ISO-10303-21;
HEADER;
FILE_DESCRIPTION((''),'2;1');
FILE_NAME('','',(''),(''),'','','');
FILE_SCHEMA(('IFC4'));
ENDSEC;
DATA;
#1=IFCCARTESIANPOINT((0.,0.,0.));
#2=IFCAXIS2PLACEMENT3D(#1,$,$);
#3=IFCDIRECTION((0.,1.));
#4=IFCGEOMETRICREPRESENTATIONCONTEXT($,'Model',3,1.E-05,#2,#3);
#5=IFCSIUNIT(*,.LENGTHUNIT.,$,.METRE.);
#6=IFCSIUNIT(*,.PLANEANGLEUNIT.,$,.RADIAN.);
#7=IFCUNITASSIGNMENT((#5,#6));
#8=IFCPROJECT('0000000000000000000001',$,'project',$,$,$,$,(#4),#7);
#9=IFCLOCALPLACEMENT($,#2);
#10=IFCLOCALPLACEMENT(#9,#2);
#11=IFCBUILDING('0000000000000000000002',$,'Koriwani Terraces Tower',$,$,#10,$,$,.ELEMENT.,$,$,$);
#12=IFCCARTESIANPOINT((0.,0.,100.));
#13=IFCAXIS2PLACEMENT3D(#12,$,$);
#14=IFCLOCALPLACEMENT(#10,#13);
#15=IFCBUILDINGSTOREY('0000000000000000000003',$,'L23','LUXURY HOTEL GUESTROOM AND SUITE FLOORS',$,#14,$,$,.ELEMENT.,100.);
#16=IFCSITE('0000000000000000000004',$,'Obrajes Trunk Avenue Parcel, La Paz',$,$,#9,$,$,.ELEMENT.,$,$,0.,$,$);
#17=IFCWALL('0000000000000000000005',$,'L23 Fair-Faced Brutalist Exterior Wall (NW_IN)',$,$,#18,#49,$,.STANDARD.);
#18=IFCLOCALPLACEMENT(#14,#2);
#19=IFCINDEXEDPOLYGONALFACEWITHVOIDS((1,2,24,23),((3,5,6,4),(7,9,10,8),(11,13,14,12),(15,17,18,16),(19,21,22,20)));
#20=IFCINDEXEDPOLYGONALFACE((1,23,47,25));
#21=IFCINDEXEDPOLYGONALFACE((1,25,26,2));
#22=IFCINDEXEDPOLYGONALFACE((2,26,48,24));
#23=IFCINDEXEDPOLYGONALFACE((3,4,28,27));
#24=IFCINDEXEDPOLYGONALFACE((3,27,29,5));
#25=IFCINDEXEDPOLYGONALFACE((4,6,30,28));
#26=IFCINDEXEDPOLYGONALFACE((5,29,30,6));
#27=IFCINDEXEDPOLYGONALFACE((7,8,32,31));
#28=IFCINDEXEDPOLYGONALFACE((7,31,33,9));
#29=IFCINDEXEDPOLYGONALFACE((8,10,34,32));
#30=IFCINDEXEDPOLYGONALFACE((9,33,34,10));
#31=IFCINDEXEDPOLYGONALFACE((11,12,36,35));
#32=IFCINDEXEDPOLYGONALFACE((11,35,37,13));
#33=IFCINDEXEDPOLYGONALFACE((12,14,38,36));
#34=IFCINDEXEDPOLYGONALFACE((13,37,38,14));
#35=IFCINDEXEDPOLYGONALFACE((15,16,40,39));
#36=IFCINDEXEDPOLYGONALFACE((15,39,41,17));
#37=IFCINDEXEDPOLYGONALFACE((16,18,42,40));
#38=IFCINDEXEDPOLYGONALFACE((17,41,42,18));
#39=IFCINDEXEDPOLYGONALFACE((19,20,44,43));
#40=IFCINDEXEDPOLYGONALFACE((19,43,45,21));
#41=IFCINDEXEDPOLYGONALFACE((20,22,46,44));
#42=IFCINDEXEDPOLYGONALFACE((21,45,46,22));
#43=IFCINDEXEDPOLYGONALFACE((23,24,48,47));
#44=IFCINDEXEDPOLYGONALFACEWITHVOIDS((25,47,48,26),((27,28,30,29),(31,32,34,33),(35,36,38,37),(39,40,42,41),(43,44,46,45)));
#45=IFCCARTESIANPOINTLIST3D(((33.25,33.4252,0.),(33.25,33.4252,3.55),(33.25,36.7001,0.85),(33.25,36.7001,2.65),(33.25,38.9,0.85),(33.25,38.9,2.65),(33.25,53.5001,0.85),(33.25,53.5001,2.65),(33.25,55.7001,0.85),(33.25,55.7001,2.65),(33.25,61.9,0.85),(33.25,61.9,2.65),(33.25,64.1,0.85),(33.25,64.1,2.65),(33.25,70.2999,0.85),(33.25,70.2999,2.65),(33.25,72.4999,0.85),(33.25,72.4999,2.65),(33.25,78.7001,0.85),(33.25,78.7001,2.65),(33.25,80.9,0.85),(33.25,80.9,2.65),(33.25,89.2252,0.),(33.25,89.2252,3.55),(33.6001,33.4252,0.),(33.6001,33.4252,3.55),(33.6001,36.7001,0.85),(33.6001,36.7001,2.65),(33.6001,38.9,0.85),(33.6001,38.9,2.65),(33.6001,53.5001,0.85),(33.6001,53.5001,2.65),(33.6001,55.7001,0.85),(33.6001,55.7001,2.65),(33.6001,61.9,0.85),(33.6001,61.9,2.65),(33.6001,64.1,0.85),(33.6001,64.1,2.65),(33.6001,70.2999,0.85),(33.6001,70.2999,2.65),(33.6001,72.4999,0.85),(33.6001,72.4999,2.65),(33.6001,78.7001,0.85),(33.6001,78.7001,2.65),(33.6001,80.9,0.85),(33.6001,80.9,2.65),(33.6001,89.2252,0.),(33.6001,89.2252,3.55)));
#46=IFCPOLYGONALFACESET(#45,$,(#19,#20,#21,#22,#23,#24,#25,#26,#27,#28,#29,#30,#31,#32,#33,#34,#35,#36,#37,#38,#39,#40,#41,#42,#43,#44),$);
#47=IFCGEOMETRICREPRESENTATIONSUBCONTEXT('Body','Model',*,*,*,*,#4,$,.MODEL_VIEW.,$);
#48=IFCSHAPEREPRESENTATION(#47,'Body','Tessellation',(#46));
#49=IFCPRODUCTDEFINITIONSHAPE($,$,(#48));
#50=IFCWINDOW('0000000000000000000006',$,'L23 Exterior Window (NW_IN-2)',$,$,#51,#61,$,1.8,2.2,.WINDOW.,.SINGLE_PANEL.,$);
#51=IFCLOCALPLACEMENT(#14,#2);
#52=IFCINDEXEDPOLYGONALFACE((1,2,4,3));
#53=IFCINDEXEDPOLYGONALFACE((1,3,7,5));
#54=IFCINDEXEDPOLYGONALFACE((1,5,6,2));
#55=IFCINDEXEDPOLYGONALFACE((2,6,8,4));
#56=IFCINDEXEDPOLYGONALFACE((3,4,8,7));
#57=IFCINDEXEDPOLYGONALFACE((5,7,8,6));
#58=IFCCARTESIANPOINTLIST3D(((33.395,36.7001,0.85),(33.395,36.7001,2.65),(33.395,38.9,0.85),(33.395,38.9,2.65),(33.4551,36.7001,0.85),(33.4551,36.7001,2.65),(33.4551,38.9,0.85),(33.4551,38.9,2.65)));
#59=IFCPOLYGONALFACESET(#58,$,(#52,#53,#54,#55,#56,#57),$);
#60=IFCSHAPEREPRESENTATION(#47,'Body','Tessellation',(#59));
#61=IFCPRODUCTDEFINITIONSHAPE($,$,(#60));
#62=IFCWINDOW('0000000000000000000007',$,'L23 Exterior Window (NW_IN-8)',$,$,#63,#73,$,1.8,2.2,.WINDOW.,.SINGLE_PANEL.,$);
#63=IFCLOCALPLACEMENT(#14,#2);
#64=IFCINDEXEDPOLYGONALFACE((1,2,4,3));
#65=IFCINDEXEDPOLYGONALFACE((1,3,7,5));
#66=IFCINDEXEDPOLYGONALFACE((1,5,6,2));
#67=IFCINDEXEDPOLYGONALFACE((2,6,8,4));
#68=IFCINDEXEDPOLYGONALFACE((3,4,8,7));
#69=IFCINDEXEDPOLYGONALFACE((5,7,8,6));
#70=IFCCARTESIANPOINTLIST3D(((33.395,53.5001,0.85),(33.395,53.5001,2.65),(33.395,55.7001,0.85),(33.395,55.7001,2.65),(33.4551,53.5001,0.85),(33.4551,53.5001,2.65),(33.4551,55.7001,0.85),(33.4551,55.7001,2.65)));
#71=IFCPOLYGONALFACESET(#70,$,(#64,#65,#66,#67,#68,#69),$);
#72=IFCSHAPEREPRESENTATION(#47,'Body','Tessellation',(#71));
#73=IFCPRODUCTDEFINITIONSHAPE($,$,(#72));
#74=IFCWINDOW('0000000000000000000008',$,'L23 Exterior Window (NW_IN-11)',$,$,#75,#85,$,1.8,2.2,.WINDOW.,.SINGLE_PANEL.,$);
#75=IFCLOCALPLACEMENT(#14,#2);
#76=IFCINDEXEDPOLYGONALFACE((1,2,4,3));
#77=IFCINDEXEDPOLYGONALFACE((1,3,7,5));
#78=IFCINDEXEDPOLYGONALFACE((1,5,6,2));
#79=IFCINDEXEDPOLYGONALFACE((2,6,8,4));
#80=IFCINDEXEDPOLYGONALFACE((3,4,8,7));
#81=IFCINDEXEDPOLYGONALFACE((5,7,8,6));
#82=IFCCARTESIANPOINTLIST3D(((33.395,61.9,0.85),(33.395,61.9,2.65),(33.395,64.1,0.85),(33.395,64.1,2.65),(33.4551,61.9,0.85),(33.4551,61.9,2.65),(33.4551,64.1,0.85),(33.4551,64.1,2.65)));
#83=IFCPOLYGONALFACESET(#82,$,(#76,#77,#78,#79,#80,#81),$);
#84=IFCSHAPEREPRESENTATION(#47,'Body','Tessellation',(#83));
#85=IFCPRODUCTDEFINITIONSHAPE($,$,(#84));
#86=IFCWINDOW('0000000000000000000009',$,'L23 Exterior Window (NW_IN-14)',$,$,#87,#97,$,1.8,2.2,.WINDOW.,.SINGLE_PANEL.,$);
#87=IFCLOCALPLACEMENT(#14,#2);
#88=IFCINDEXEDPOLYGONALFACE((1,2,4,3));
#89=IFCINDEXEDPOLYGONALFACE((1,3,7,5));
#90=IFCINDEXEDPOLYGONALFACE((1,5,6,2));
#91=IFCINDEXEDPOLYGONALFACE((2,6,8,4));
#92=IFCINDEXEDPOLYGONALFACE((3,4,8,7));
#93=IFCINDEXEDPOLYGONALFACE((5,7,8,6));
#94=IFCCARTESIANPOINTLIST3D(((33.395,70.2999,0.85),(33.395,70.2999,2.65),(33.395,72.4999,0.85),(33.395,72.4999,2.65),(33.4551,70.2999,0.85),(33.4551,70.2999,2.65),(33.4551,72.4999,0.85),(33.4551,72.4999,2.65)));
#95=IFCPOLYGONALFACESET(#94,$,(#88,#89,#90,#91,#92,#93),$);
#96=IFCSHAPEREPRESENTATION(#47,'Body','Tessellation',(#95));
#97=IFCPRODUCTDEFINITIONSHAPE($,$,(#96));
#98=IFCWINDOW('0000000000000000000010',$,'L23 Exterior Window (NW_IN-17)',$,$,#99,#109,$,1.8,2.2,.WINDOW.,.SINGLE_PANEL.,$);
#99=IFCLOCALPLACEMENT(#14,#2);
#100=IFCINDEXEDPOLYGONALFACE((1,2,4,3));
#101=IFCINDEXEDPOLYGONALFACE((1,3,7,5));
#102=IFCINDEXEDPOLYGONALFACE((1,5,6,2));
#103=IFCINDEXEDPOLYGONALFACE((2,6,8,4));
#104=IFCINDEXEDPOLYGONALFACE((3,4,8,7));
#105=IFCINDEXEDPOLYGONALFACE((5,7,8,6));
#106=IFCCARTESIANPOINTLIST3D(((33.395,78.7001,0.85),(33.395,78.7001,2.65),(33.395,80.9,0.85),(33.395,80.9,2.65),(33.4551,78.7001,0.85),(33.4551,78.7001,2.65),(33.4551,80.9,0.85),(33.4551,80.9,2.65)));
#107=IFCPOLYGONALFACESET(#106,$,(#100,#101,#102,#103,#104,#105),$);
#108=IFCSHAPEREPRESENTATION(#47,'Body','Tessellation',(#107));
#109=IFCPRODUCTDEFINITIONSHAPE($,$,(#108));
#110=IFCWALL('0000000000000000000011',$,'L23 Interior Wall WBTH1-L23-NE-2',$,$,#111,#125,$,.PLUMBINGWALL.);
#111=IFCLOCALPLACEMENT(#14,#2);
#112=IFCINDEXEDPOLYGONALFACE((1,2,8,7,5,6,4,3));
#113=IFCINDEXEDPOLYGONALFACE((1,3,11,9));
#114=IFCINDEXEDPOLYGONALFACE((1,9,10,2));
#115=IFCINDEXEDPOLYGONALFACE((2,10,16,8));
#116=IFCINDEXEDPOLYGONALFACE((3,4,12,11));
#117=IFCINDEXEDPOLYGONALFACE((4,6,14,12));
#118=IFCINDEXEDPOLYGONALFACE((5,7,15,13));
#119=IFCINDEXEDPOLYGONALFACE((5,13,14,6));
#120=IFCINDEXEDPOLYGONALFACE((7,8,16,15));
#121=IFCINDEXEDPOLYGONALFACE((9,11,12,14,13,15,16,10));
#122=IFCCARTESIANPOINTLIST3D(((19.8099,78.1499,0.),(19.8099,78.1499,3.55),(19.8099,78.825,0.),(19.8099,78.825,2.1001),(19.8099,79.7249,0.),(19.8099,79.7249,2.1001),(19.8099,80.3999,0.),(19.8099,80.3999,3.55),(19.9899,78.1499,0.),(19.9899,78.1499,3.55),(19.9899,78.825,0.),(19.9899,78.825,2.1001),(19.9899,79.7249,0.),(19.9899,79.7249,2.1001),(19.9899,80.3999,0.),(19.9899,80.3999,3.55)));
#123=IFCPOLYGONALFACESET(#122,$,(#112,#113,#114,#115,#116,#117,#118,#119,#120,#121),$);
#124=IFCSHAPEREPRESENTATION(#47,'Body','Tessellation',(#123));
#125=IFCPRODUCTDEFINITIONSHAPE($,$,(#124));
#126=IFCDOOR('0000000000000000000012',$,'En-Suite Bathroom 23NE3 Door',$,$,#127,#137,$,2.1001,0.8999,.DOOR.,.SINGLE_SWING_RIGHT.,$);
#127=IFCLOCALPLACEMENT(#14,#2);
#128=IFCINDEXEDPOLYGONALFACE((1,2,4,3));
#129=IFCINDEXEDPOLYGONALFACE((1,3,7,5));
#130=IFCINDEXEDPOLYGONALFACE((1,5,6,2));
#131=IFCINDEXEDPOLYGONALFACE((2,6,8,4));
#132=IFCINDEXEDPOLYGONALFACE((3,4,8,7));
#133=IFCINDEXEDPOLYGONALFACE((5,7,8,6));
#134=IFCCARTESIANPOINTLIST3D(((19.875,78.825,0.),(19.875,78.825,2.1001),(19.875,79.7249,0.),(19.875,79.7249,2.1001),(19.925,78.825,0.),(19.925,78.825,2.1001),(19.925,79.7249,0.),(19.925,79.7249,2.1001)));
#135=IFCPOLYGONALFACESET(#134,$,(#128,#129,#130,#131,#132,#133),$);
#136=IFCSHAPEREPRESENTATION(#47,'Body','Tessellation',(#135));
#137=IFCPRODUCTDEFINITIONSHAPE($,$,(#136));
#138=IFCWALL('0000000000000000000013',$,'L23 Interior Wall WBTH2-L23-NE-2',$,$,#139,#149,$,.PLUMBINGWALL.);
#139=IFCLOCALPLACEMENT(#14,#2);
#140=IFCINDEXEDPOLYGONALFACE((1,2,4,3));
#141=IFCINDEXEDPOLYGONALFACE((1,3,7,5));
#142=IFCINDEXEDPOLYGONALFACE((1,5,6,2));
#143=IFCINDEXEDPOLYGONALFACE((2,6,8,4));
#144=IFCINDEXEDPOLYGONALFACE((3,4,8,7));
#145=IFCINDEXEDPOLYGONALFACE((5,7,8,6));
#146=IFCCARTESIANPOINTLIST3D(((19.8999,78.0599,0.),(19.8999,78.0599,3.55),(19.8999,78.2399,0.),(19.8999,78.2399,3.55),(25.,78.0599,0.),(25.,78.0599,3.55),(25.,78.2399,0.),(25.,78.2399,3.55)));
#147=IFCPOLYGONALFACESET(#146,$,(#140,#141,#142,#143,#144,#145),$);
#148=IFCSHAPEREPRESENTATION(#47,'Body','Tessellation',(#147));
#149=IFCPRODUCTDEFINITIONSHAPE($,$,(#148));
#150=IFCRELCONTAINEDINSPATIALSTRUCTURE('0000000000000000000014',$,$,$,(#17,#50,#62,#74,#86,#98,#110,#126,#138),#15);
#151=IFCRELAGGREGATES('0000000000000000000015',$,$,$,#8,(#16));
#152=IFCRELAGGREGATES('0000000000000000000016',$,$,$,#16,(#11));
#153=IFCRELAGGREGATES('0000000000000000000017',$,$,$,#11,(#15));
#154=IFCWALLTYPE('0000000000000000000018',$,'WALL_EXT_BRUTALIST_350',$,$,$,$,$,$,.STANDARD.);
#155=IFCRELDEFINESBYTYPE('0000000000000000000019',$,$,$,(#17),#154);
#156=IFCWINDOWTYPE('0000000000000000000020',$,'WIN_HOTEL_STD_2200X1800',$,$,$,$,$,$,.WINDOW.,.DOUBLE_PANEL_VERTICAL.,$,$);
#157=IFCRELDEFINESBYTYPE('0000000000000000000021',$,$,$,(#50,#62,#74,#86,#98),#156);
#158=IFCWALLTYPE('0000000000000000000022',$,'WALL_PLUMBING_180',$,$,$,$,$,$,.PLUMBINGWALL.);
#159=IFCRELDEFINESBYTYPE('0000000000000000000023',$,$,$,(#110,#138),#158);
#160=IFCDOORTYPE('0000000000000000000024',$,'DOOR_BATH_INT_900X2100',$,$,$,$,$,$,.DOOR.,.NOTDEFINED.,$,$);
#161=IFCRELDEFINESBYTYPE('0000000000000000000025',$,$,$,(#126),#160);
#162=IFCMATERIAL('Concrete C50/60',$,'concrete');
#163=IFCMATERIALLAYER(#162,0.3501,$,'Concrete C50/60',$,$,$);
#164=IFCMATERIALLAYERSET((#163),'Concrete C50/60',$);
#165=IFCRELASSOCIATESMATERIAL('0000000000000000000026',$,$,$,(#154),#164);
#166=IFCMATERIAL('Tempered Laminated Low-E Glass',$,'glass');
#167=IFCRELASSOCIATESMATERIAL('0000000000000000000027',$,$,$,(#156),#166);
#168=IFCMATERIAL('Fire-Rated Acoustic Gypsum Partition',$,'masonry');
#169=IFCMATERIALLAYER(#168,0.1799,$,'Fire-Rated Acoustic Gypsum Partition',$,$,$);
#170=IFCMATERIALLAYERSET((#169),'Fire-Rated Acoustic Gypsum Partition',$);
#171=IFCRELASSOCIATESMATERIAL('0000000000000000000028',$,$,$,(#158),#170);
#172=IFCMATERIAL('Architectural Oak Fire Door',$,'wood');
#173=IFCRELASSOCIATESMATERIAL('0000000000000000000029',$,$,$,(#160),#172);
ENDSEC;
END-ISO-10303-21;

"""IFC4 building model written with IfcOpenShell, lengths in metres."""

from ifc_helpers import new_model, si_unit, direction, frame, frame_2d, origin, place, context, subcontext, project, spatial, rectangle, extrude, material, layer, layer_set, type_object, element, fill, save


model = new_model("IFC4")

# Units and contexts
model_context = context("Model", 3, precision=1e-05, world=origin(), true_north=direction((0.0, 1.0)))
body_context = subcontext(model_context, "Body", "Model", "MODEL_VIEW")
ifc_project = project(units=[si_unit("LENGTHUNIT", "METRE"), si_unit("PLANEANGLEUNIT", "RADIAN")], contexts=[model_context])

# Site, building, storey
site_placement = place(None, origin())
site = spatial("IfcSite", under=ifc_project, at=site_placement, Name="Obrajes Trunk Avenue Parcel, La Paz", CompositionType="ELEMENT", RefElevation=0.0)
building_placement = place(site_placement, origin())
building = spatial("IfcBuilding", under=site, at=building_placement, Name="Koriwani Terraces Tower", CompositionType="ELEMENT")
storey_placement = place(building_placement, frame((0.0, 0.0, 100.0)))
storey = spatial("IfcBuildingStorey", under=building, at=storey_placement, Name="L23", Description="LUXURY HOTEL GUESTROOM AND SUITE FLOORS", CompositionType="ELEMENT", Elevation=100.0)

# Shared definitions
ifc_material_1 = material(Name="Concrete C50/60", Category="concrete")

# Shared definitions
ifc_layer_1 = layer(ifc_material_1, 0.3501, Name="Concrete C50/60")
ifc_layer_set_1 = layer_set([ifc_layer_1], Name="Concrete C50/60")
wall_type_1 = type_object("IfcWallType", Name="WALL_EXT_BRUTALIST_350", PredefinedType="STANDARD", material=ifc_layer_set_1)

# Wall, openings, windows
wall_1_placement = place(storey_placement, frame((33.425, 89.2251, 0.0), z_axis=(0.0, 0.0, 1.0), x_axis=(0.0, -1.0, 0.0)))
wall_1 = element("IfcWall", 1, at=wall_1_placement, inside=storey, type_object=wall_type_1, Name="L23 Fair-Faced Brutalist Exterior Wall (NW_IN)", PredefinedType="STANDARD", context=body_context, shape_type="SweptSolid", body=[
    extrude(rectangle(XDim=55.8, YDim=0.3501, at=frame_2d((27.8999, 0.0))), origin(), (0.0, 0.0, 1.0), 3.55),
])
opening_1_placement = place(wall_1_placement, frame((50.325, 0.0, 0.8501)))
opening_1 = element("IfcOpeningElement", 2, at=opening_1_placement, cuts=wall_1, PredefinedType="OPENING", context=body_context, shape_type="SweptSolid", body=[
    extrude(rectangle(XDim=2.2, YDim=1.8, at=frame_2d((1.1001, 0.8999))), frame((0.0, 0.1851, 0.0), z_axis=(0.0, -1.0, 0.0), x_axis=(1.0, 0.0, 0.0)), (0.0, 0.0, 1.0), 0.3701),
])
opening_2_placement = place(wall_1_placement, frame((33.5249, 0.0, 0.8501)))
opening_2 = element("IfcOpeningElement", 3, at=opening_2_placement, cuts=wall_1, PredefinedType="OPENING", context=body_context, shape_type="SweptSolid", body=[
    extrude(rectangle(XDim=2.2, YDim=1.8, at=frame_2d((1.1001, 0.8999))), frame((0.0, 0.1851, 0.0), z_axis=(0.0, -1.0, 0.0), x_axis=(1.0, 0.0, 0.0)), (0.0, 0.0, 1.0), 0.3701),
])
opening_3_placement = place(wall_1_placement, frame((25.125, 0.0, 0.8501)))
opening_3 = element("IfcOpeningElement", 4, at=opening_3_placement, cuts=wall_1, PredefinedType="OPENING", context=body_context, shape_type="SweptSolid", body=[
    extrude(rectangle(XDim=2.2, YDim=1.8, at=frame_2d((1.1001, 0.8999))), frame((0.0, 0.1851, 0.0), z_axis=(0.0, -1.0, 0.0), x_axis=(1.0, 0.0, 0.0)), (0.0, 0.0, 1.0), 0.3701),
])
opening_4_placement = place(wall_1_placement, frame((16.7251, 0.0, 0.8501)))
opening_4 = element("IfcOpeningElement", 5, at=opening_4_placement, cuts=wall_1, PredefinedType="OPENING", context=body_context, shape_type="SweptSolid", body=[
    extrude(rectangle(XDim=2.2, YDim=1.8, at=frame_2d((1.1001, 0.8999))), frame((0.0, 0.1851, 0.0), z_axis=(0.0, -1.0, 0.0), x_axis=(1.0, 0.0, 0.0)), (0.0, 0.0, 1.0), 0.3701),
])
opening_5_placement = place(wall_1_placement, frame((8.325, 0.0, 0.8501)))
opening_5 = element("IfcOpeningElement", 6, at=opening_5_placement, cuts=wall_1, PredefinedType="OPENING", context=body_context, shape_type="SweptSolid", body=[
    extrude(rectangle(XDim=2.2, YDim=1.8, at=frame_2d((1.1001, 0.8999))), frame((0.0, 0.1851, 0.0), z_axis=(0.0, -1.0, 0.0), x_axis=(1.0, 0.0, 0.0)), (0.0, 0.0, 1.0), 0.3701),
])
ifc_material_2 = material(Name="Tempered Laminated Low-E Glass", Category="glass")
window_type = type_object("IfcWindowType", Name="WIN_HOTEL_STD_2200X1800", PartitioningType="DOUBLE_PANEL_VERTICAL", PredefinedType="WINDOW", material=ifc_material_2)
window_1_placement = place(opening_1_placement, origin())
window_1 = element("IfcWindow", 7, at=window_1_placement, inside=storey, type_object=window_type, Name="L23 Exterior Window (NW_IN-2)", OverallHeight=1.8, OverallWidth=2.2, PartitioningType="SINGLE_PANEL", PredefinedType="WINDOW", context=body_context, shape_type="SweptSolid", body=[
    extrude(rectangle(XDim=2.2, YDim=1.8, at=frame_2d((1.1001, 0.8999))), frame((0.0, 0.03, 0.0), z_axis=(0.0, -1.0, 0.0), x_axis=(1.0, 0.0, 0.0)), (0.0, 0.0, 1.0), 0.0601),
])
fill(opening_1, window_1)
window_2_placement = place(opening_2_placement, origin())
window_2 = element("IfcWindow", 8, at=window_2_placement, inside=storey, type_object=window_type, Name="L23 Exterior Window (NW_IN-8)", OverallHeight=1.8, OverallWidth=2.2, PartitioningType="SINGLE_PANEL", PredefinedType="WINDOW", context=body_context, shape_type="SweptSolid", body=[
    extrude(rectangle(XDim=2.2, YDim=1.8, at=frame_2d((1.1001, 0.8999))), frame((0.0, 0.03, 0.0), z_axis=(0.0, -1.0, 0.0), x_axis=(1.0, 0.0, 0.0)), (0.0, 0.0, 1.0), 0.0601),
])
fill(opening_2, window_2)
window_3_placement = place(opening_3_placement, origin())
window_3 = element("IfcWindow", 9, at=window_3_placement, inside=storey, type_object=window_type, Name="L23 Exterior Window (NW_IN-11)", OverallHeight=1.8, OverallWidth=2.2, PartitioningType="SINGLE_PANEL", PredefinedType="WINDOW", context=body_context, shape_type="SweptSolid", body=[
    extrude(rectangle(XDim=2.2, YDim=1.8, at=frame_2d((1.1001, 0.8999))), frame((0.0, 0.03, 0.0), z_axis=(0.0, -1.0, 0.0), x_axis=(1.0, 0.0, 0.0)), (0.0, 0.0, 1.0), 0.0601),
])
fill(opening_3, window_3)
window_4_placement = place(opening_4_placement, origin())
window_4 = element("IfcWindow", 10, at=window_4_placement, inside=storey, type_object=window_type, Name="L23 Exterior Window (NW_IN-14)", OverallHeight=1.8, OverallWidth=2.2, PartitioningType="SINGLE_PANEL", PredefinedType="WINDOW", context=body_context, shape_type="SweptSolid", body=[
    extrude(rectangle(XDim=2.2, YDim=1.8, at=frame_2d((1.1001, 0.8999))), frame((0.0, 0.03, 0.0), z_axis=(0.0, -1.0, 0.0), x_axis=(1.0, 0.0, 0.0)), (0.0, 0.0, 1.0), 0.0601),
])
fill(opening_4, window_4)
window_5_placement = place(opening_5_placement, origin())
window_5 = element("IfcWindow", 11, at=window_5_placement, inside=storey, type_object=window_type, Name="L23 Exterior Window (NW_IN-17)", OverallHeight=1.8, OverallWidth=2.2, PartitioningType="SINGLE_PANEL", PredefinedType="WINDOW", context=body_context, shape_type="SweptSolid", body=[
    extrude(rectangle(XDim=2.2, YDim=1.8, at=frame_2d((1.1001, 0.8999))), frame((0.0, 0.03, 0.0), z_axis=(0.0, -1.0, 0.0), x_axis=(1.0, 0.0, 0.0)), (0.0, 0.0, 1.0), 0.0601),
])
fill(opening_5, window_5)

# Wall, opening, door
ifc_material_3 = material(Name="Fire-Rated Acoustic Gypsum Partition", Category="masonry")
ifc_layer_2 = layer(ifc_material_3, 0.1799, Name="Fire-Rated Acoustic Gypsum Partition")
ifc_layer_set_2 = layer_set([ifc_layer_2], Name="Fire-Rated Acoustic Gypsum Partition")
wall_type_2 = type_object("IfcWallType", Name="WALL_PLUMBING_180", PredefinedType="PLUMBINGWALL", material=ifc_layer_set_2)
wall_2_placement = place(storey_placement, frame((19.8999, 78.1499, 0.0), z_axis=(0.0, 0.0, 1.0), x_axis=(0.0, 1.0, 0.0)))
wall_2 = element("IfcWall", 12, at=wall_2_placement, inside=storey, type_object=wall_type_2, Name="L23 Interior Wall WBTH1-L23-NE-2", PredefinedType="PLUMBINGWALL", context=body_context, shape_type="SweptSolid", body=[
    extrude(rectangle(XDim=2.25, YDim=0.1799, at=frame_2d((1.125, 0.0))), origin(), (0.0, 0.0, 1.0), 3.55),
])
opening_6_placement = place(wall_2_placement, frame((0.675, 0.0, 0.0)))
opening_6 = element("IfcOpeningElement", 13, at=opening_6_placement, cuts=wall_2, PredefinedType="OPENING", context=body_context, shape_type="SweptSolid", body=[
    extrude(rectangle(XDim=0.8999, YDim=2.1001, at=frame_2d((0.45, 1.05))), frame((0.0, 0.1001, 0.0), z_axis=(0.0, -1.0, 0.0), x_axis=(1.0, 0.0, 0.0)), (0.0, 0.0, 1.0), 0.2),
])
ifc_material_4 = material(Name="Architectural Oak Fire Door", Category="wood")
door_type = type_object("IfcDoorType", Name="DOOR_BATH_INT_900X2100", OperationType="NOTDEFINED", PredefinedType="DOOR", material=ifc_material_4)
door_1_placement = place(opening_6_placement, origin())
door_1 = element("IfcDoor", 14, at=door_1_placement, inside=storey, type_object=door_type, Name="En-Suite Bathroom 23NE3 Door", OperationType="SINGLE_SWING_RIGHT", OverallHeight=2.1001, OverallWidth=0.8999, PredefinedType="DOOR", context=body_context, shape_type="SweptSolid", body=[
    extrude(rectangle(XDim=0.8999, YDim=2.1001, at=frame_2d((0.45, 1.05))), frame((0.0, 0.0249, 0.0), z_axis=(0.0, -1.0, 0.0), x_axis=(1.0, 0.0, 0.0)), (0.0, 0.0, 1.0), 0.05),
])
fill(opening_6, door_1)

# Wall
wall_3_placement = place(storey_placement, frame((19.8999, 78.1499, 0.0), z_axis=(0.0, 0.0, 1.0), x_axis=(1.0, 0.0, 0.0)))
element("IfcWall", 15, at=wall_3_placement, inside=storey, type_object=wall_type_2, Name="L23 Interior Wall WBTH2-L23-NE-2", PredefinedType="PLUMBINGWALL", context=body_context, shape_type="SweptSolid", body=[
    extrude(rectangle(XDim=5.1001, YDim=0.1799, at=frame_2d((2.55, 0.0))), origin(), (0.0, 0.0, 1.0), 3.55),
])

save(model, "model.ifc")
